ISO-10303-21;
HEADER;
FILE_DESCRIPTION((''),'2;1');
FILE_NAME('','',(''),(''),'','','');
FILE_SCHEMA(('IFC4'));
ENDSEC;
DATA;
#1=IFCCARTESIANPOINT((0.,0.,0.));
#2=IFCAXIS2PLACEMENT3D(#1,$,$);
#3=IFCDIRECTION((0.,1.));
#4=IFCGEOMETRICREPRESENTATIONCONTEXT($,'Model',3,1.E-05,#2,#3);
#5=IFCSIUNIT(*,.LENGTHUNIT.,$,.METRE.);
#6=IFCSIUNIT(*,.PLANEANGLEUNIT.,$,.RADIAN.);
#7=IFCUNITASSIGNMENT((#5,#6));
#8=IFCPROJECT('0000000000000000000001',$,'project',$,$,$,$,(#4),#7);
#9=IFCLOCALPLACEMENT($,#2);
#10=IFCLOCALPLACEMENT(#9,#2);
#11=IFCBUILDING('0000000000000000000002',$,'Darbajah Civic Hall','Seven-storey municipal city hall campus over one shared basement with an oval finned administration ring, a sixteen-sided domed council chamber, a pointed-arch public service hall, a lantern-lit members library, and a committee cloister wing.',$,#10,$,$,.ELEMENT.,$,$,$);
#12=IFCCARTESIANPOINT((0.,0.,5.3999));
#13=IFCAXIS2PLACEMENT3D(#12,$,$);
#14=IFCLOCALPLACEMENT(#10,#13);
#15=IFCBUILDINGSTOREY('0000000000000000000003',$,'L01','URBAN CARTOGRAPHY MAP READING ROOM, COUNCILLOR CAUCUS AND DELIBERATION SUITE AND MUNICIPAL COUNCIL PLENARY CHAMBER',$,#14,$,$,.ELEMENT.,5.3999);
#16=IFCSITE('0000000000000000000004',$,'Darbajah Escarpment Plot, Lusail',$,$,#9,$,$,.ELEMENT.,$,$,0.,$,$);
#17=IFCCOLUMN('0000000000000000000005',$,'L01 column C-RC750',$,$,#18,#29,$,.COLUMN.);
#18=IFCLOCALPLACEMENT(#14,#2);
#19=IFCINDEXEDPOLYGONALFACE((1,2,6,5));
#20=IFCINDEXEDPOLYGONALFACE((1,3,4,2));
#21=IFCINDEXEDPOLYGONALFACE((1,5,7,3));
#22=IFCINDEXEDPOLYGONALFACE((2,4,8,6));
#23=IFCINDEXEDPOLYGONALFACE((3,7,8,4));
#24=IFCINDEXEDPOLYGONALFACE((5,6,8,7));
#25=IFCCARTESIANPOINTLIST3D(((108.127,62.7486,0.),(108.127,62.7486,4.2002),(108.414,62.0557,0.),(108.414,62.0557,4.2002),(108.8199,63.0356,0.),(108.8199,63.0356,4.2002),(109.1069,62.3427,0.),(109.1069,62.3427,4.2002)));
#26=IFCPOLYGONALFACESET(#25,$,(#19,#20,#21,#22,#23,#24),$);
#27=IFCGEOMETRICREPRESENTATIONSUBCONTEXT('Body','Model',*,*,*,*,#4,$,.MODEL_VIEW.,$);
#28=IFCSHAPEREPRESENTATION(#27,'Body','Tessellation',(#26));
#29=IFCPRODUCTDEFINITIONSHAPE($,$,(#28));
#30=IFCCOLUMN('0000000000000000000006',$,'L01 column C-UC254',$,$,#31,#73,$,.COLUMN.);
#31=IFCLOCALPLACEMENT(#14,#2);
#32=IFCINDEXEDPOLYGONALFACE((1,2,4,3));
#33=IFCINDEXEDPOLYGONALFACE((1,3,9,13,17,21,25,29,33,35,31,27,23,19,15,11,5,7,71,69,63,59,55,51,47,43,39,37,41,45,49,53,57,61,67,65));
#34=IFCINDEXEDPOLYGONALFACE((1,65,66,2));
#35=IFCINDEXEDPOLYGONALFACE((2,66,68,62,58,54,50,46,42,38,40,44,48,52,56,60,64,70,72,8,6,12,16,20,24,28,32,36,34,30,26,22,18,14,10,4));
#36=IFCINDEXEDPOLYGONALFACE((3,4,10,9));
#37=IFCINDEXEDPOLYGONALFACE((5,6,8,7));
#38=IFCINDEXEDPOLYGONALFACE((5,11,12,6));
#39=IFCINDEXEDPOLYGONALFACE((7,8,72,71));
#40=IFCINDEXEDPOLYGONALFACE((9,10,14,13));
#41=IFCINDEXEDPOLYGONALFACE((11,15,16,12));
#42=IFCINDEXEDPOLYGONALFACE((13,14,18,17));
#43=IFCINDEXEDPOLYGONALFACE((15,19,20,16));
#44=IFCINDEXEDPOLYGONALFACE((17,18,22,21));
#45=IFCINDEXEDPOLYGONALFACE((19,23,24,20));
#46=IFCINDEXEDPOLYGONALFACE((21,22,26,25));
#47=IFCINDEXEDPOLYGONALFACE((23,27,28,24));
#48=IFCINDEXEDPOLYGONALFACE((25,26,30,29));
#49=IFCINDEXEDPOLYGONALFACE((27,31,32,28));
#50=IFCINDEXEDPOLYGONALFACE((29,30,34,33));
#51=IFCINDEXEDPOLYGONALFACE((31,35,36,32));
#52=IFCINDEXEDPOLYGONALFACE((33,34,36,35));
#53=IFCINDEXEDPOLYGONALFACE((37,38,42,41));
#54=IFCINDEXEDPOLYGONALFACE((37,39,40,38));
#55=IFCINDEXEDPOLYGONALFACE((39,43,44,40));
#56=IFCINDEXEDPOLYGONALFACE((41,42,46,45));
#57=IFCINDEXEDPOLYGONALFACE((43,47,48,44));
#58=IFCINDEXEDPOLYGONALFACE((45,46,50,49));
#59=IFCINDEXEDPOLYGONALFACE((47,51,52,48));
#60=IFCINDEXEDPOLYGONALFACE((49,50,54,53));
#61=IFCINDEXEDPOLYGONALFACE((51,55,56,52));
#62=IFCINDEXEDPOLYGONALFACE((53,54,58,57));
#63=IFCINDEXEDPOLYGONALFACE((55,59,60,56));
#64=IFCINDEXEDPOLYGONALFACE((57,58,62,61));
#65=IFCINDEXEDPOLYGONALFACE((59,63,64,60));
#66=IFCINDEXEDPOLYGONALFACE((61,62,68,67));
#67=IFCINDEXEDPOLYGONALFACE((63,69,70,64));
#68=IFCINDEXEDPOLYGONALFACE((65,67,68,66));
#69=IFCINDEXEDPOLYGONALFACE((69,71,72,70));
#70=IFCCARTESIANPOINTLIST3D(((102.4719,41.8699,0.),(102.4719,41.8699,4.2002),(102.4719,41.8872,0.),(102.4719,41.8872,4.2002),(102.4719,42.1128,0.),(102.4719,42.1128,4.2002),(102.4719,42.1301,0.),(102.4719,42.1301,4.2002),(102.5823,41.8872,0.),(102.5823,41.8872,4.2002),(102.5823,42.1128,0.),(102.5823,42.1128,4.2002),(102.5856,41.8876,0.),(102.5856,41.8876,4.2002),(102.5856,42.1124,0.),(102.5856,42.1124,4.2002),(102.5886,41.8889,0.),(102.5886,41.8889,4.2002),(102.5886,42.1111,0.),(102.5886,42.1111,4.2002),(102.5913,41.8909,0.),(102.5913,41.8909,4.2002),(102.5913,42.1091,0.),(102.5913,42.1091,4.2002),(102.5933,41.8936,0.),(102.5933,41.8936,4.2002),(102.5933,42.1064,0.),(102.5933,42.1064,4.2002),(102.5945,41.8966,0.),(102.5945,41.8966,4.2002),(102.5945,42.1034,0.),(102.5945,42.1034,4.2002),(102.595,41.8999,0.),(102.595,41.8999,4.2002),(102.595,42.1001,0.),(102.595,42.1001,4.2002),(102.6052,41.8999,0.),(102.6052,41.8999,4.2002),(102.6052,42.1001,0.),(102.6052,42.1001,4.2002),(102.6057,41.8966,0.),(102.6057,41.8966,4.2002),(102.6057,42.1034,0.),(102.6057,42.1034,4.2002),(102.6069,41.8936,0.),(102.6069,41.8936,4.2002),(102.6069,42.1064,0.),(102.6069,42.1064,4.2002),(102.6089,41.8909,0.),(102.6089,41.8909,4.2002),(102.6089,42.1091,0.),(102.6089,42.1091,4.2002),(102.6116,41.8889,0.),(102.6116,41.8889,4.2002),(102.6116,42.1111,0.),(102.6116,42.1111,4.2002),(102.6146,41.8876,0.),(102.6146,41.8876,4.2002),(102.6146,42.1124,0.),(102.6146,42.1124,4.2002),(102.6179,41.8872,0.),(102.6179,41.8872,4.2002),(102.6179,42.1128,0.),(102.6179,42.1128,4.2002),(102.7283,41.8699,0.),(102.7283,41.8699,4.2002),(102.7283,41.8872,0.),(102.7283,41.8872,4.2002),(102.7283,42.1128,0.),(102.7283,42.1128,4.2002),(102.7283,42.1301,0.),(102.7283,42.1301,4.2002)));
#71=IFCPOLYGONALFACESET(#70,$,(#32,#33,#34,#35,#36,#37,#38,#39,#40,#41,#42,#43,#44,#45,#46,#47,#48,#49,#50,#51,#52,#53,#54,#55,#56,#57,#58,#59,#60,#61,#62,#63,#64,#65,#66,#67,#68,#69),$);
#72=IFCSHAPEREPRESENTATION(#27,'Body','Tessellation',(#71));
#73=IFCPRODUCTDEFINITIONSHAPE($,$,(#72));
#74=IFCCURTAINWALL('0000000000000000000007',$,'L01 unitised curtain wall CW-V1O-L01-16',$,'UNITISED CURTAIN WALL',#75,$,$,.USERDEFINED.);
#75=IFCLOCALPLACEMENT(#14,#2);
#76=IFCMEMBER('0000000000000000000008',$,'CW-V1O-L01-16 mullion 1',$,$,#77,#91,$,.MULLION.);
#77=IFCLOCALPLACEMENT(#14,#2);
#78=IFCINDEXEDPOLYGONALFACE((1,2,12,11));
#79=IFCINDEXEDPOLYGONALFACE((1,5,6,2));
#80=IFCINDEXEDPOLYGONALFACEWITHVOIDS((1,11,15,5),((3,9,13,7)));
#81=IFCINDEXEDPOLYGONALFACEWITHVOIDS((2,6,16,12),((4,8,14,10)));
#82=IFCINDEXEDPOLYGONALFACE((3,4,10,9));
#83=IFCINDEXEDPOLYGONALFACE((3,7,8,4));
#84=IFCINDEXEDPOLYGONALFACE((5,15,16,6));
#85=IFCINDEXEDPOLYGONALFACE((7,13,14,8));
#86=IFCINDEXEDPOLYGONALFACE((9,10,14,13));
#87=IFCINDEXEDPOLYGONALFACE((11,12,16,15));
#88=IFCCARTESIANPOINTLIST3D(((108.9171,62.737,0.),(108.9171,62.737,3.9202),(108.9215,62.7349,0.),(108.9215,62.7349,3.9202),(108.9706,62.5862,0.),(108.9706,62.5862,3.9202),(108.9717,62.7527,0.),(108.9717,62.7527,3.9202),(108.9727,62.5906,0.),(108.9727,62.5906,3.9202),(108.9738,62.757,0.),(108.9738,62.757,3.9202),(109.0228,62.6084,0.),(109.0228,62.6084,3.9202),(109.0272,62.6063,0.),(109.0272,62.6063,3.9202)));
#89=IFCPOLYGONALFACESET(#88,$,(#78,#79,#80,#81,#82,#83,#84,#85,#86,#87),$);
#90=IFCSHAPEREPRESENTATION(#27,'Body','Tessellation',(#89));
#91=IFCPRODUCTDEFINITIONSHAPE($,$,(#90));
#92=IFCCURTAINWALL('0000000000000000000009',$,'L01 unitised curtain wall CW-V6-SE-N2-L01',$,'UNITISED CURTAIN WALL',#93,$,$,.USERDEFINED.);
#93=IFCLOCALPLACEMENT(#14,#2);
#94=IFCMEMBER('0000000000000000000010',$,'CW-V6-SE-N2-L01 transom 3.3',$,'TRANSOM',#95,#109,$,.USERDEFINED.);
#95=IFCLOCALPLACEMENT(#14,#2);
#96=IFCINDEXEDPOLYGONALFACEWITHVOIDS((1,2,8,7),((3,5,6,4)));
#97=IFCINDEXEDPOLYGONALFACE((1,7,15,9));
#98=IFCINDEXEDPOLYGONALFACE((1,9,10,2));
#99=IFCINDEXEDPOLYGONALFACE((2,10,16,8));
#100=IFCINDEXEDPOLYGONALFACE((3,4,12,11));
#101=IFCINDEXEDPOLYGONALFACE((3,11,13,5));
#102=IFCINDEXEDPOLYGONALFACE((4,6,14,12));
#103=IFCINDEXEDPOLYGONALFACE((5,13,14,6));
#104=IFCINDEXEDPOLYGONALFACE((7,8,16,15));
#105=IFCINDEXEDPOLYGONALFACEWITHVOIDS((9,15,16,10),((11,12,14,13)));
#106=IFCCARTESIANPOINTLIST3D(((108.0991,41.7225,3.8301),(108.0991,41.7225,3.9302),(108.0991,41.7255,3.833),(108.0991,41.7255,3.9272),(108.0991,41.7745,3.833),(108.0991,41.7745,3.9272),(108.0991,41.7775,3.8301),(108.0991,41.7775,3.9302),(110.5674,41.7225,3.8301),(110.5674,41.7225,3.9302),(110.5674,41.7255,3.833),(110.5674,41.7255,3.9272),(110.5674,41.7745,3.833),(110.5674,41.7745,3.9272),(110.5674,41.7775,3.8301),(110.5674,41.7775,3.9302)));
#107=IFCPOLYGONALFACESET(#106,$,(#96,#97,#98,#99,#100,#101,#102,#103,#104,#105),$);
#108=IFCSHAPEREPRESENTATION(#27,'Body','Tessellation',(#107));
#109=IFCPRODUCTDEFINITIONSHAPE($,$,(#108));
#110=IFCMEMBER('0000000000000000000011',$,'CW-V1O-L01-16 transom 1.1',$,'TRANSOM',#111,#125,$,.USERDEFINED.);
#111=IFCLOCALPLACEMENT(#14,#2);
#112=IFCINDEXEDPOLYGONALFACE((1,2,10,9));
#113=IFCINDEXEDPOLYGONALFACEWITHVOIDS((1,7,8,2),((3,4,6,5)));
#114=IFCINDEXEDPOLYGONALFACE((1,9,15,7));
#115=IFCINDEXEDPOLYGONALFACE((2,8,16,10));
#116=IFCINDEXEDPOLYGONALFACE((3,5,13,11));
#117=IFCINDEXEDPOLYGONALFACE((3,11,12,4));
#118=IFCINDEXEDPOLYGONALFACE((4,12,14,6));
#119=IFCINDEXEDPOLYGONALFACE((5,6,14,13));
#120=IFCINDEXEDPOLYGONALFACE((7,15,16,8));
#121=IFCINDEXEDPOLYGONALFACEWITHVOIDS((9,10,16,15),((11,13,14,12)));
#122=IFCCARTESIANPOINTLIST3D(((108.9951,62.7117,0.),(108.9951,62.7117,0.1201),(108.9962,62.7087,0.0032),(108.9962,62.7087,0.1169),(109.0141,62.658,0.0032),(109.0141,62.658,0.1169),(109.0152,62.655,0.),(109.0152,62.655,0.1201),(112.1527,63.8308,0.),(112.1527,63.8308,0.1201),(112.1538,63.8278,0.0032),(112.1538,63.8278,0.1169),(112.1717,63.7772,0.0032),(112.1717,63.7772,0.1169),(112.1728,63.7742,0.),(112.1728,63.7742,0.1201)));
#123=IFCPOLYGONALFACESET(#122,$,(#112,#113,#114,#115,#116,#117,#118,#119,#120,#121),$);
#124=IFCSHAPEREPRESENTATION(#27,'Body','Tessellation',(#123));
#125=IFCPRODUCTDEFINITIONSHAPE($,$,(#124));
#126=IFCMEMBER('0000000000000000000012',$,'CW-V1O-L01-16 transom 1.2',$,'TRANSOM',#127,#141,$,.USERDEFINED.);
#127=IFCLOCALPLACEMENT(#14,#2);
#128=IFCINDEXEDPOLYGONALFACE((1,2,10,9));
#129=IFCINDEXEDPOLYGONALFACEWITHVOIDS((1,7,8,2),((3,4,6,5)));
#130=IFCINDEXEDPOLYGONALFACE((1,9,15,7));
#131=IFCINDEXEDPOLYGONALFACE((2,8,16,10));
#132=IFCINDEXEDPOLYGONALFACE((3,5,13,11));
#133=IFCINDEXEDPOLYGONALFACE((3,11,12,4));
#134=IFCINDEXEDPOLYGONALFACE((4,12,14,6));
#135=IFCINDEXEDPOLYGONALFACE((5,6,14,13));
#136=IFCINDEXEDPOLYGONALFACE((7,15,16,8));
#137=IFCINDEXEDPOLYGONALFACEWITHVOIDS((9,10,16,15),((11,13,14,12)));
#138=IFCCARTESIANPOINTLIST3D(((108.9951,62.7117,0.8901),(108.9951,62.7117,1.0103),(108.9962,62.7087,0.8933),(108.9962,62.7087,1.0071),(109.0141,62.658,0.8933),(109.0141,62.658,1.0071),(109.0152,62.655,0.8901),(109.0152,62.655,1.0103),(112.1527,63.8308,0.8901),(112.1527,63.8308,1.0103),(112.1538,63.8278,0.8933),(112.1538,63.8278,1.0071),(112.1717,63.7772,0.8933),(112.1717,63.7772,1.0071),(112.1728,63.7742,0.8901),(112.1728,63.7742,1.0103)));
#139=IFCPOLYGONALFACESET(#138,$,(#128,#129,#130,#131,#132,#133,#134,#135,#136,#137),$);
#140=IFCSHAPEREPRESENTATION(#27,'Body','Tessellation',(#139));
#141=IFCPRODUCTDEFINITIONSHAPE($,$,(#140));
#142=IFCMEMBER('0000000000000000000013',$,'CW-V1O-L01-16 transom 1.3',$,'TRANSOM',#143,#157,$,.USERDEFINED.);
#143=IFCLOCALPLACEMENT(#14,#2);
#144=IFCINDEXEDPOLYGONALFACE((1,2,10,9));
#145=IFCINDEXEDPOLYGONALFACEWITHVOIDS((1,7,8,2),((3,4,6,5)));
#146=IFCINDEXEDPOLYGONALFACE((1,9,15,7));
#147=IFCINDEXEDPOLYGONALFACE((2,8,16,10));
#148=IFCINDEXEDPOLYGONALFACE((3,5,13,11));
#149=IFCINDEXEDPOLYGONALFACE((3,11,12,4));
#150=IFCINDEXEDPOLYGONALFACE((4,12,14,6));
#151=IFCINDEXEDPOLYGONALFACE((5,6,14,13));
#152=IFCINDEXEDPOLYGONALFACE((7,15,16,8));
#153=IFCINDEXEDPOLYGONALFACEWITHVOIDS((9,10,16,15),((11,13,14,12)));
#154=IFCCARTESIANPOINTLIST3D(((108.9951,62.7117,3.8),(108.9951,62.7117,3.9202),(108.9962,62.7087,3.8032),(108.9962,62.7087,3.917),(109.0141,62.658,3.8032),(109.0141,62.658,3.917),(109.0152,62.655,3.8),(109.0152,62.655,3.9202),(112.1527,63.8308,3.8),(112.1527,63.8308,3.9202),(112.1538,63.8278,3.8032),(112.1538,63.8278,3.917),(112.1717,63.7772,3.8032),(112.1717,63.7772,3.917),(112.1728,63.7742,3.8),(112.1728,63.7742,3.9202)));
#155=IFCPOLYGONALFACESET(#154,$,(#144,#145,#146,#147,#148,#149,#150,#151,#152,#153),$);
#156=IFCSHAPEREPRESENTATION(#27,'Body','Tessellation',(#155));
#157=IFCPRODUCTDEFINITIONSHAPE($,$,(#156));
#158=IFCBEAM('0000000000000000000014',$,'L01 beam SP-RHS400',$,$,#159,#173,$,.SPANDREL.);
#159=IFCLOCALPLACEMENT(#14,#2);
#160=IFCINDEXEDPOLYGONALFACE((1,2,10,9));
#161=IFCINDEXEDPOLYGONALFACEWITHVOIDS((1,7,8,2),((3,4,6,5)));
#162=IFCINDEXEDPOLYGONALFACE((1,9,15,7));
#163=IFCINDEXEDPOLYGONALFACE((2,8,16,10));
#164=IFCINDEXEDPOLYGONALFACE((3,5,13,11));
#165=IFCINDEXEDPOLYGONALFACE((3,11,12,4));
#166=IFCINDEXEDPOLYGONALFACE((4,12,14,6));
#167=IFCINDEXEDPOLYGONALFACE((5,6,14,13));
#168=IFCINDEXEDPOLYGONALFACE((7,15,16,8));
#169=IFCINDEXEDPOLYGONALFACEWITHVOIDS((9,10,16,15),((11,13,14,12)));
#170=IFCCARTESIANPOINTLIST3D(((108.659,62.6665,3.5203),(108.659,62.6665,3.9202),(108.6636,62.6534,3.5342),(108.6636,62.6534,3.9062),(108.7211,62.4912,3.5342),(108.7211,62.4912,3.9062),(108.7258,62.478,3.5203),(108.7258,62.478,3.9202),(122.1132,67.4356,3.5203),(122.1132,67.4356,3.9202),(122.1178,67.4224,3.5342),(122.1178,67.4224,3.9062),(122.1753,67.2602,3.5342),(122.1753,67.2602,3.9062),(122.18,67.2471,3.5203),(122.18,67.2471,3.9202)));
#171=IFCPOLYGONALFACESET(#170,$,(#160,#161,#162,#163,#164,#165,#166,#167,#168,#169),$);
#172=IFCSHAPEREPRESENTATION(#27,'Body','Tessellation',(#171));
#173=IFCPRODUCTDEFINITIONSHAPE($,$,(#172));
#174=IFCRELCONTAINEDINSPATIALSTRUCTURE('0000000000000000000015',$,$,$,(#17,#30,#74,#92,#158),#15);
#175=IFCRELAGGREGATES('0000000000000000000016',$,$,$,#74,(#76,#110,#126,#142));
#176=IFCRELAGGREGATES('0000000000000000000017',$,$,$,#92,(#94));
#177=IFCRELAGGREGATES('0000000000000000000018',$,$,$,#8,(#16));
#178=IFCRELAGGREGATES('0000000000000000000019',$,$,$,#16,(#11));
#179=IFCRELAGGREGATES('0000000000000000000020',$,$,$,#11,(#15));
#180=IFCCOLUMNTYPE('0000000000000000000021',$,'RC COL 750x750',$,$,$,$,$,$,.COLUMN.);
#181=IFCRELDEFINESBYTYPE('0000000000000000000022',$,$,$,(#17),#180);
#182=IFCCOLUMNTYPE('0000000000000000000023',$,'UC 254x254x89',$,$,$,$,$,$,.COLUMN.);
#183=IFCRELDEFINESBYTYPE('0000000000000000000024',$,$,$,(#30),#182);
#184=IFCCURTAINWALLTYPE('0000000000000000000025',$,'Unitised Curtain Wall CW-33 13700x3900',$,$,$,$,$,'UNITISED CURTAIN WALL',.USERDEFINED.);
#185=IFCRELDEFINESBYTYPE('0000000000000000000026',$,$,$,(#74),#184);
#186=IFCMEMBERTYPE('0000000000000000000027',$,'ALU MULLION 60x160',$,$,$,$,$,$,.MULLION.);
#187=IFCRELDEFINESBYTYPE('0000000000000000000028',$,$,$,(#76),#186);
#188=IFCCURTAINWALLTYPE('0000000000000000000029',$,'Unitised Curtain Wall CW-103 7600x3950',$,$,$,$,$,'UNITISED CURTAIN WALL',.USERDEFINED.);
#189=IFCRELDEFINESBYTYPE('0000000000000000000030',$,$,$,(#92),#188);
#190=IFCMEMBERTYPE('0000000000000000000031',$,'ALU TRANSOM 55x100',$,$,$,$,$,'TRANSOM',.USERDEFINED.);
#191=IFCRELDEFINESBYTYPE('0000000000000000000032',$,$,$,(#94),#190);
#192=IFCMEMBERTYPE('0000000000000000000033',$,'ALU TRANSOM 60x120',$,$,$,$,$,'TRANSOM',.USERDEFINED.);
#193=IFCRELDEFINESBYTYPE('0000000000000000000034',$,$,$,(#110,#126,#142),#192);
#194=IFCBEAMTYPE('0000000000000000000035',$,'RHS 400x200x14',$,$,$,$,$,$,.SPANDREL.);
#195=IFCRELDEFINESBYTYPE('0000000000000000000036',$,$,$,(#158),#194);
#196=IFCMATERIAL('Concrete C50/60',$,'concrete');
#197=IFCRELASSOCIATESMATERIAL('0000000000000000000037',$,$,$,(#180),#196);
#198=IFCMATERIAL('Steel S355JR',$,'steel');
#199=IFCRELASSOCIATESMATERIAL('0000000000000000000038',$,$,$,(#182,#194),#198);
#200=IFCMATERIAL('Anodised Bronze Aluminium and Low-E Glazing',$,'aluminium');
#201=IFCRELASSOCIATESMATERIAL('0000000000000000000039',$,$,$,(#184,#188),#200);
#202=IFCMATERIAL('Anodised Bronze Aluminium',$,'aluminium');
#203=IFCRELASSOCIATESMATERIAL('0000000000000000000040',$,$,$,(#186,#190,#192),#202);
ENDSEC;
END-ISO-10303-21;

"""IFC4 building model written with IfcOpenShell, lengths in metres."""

from ifc_helpers import new_model, si_unit, direction, frame, origin, origin_2d, place, context, subcontext, project, spatial, rectangle, hollow_rectangle, i_section, extrude, material, material_profile, profile_set, type_object, element, aggregate, save


model = new_model("IFC4")

# Units and contexts
model_context = context("Model", 3, precision=1e-05, world=origin(), true_north=direction((0.0, 1.0)))
body_context = subcontext(model_context, "Body", "Model", "MODEL_VIEW")
ifc_project = project(units=[si_unit("LENGTHUNIT", "METRE"), si_unit("PLANEANGLEUNIT", "RADIAN")], contexts=[model_context])

# Site, building, storey
site_placement = place(None, origin())
site = spatial("IfcSite", under=ifc_project, at=site_placement, Name="Darbajah Escarpment Plot, Lusail", CompositionType="ELEMENT", RefElevation=0.0)
building_placement = place(site_placement, origin())
building = spatial("IfcBuilding", under=site, at=building_placement, Name="Darbajah Civic Hall", Description="Seven-storey municipal city hall campus over one shared basement with an oval finned administration ring, a sixteen-sided domed council chamber, a pointed-arch public service hall, a lantern-lit members library, and a committee cloister wing.", CompositionType="ELEMENT")
storey_placement = place(building_placement, frame((0.0, 0.0, 5.3999)))
storey = spatial("IfcBuildingStorey", under=building, at=storey_placement, Name="L01", Description="URBAN CARTOGRAPHY MAP READING ROOM, COUNCILLOR CAUCUS AND DELIBERATION SUITE AND MUNICIPAL COUNCIL PLENARY CHAMBER", CompositionType="ELEMENT", Elevation=5.3999)

# Columns
ifc_material_1 = material(Name="Concrete C50/60", Category="concrete")
ifc_material_profile_1 = material_profile(ifc_material_1, rectangle(XDim=0.75, YDim=0.75, at=origin_2d()), Name="RC COL 750x750")
ifc_profile_set_1 = profile_set([ifc_material_profile_1], Name="Concrete C50/60")
column_type_1 = type_object("IfcColumnType", Name="RC COL 750x750", PredefinedType="COLUMN", material=ifc_profile_set_1)
column_1_placement = place(storey_placement, frame((108.6169, 62.5457, 0.0), z_axis=(0.0, 0.0, 1.0), x_axis=(0.382683, -0.92388, 0.0)))
element("IfcColumn", 1, at=column_1_placement, inside=storey, type_object=column_type_1, Name="L01 column C-RC750", PredefinedType="COLUMN", context=body_context, shape_type="SweptSolid", body=[
    extrude(rectangle(XDim=0.75, YDim=0.75, at=origin_2d()), origin(), (0.0, 0.0, 1.0), 4.2002),
])
ifc_material_2 = material(Name="Steel S355JR", Category="steel")
ifc_material_profile_2 = material_profile(ifc_material_2, i_section(OverallWidth=0.2563, OverallDepth=0.2603, WebThickness=0.0103, FlangeThickness=0.0173, FilletRadius=0.0127, at=origin_2d()), Name="UC 254x254x89")
ifc_profile_set_2 = profile_set([ifc_material_profile_2], Name="Steel S355JR")
column_type_2 = type_object("IfcColumnType", Name="UC 254x254x89", PredefinedType="COLUMN", material=ifc_profile_set_2)
column_2_placement = place(storey_placement, frame((102.6001, 42.0, 0.0), z_axis=(0.0, 0.0, 1.0), x_axis=(1.0, 0.0, 0.0)))
element("IfcColumn", 2, at=column_2_placement, inside=storey, type_object=column_type_2, Name="L01 column C-UC254", PredefinedType="COLUMN", context=body_context, shape_type="SweptSolid", body=[
    extrude(i_section(OverallWidth=0.2563, OverallDepth=0.2603, WebThickness=0.0103, FlangeThickness=0.0173, FilletRadius=0.0127, at=origin_2d()), origin(), (0.0, 0.0, 1.0), 4.2002),
])

# Curtain walls, members
ifc_material_3 = material(Name="Anodised Bronze Aluminium and Low-E Glazing", Category="aluminium")
curtain_wall_type_1 = type_object("IfcCurtainWallType", Name="Unitised Curtain Wall CW-33 13700x3900", ElementType="UNITISED CURTAIN WALL", PredefinedType="USERDEFINED", material=ifc_material_3)
curtain_wall_1_placement = place(storey_placement, origin())
curtain_wall_1 = element("IfcCurtainWall", 3, at=curtain_wall_1_placement, inside=storey, type_object=curtain_wall_type_1, Name="L01 unitised curtain wall CW-V1O-L01-16", ObjectType="UNITISED CURTAIN WALL", PredefinedType="USERDEFINED")
ifc_material_4 = material(Name="Anodised Bronze Aluminium", Category="aluminium")
ifc_material_profile_3 = material_profile(ifc_material_4, hollow_rectangle(XDim=0.0601, YDim=0.1599, WallThickness=0.0034, at=origin_2d()), Name="ALU MULLION 60x160")
ifc_profile_set_3 = profile_set([ifc_material_profile_3], Name="Anodised Bronze Aluminium")
member_type_1 = type_object("IfcMemberType", Name="ALU MULLION 60x160", PredefinedType="MULLION", material=ifc_profile_set_3)
member_1_placement = place(storey_placement, frame((108.9722, 62.6716, 0.0), z_axis=(0.0, 0.0, 1.0), x_axis=(0.942525, 0.334136, 0.0)))
member_1 = element("IfcMember", 4, at=member_1_placement, type_object=member_type_1, Name="CW-V1O-L01-16 mullion 1", PredefinedType="MULLION", context=body_context, shape_type="SweptSolid", body=[
    extrude(hollow_rectangle(XDim=0.0601, YDim=0.1599, WallThickness=0.0034, at=origin_2d()), origin(), (0.0, 0.0, 1.0), 3.9202),
])
curtain_wall_type_2 = type_object("IfcCurtainWallType", Name="Unitised Curtain Wall CW-103 7600x3950", ElementType="UNITISED CURTAIN WALL", PredefinedType="USERDEFINED", material=ifc_material_3)
curtain_wall_2_placement = place(storey_placement, origin())
curtain_wall_2 = element("IfcCurtainWall", 5, at=curtain_wall_2_placement, inside=storey, type_object=curtain_wall_type_2, Name="L01 unitised curtain wall CW-V6-SE-N2-L01", ObjectType="UNITISED CURTAIN WALL", PredefinedType="USERDEFINED")
ifc_material_profile_4 = material_profile(ifc_material_4, hollow_rectangle(XDim=0.0549, YDim=0.1001, WallThickness=0.0029, at=origin_2d()), Name="ALU TRANSOM 55x100")
ifc_profile_set_4 = profile_set([ifc_material_profile_4], Name="Anodised Bronze Aluminium")
member_type_2 = type_object("IfcMemberType", Name="ALU TRANSOM 55x100", ElementType="TRANSOM", PredefinedType="USERDEFINED", material=ifc_profile_set_4)
member_2_placement = place(storey_placement, frame((108.0991, 41.75, 3.8801), z_axis=(1.0, 0.0, 0.0), x_axis=(0.0, 1.0, 0.0)))
member_2 = element("IfcMember", 6, at=member_2_placement, type_object=member_type_2, Name="CW-V6-SE-N2-L01 transom 3.3", ObjectType="TRANSOM", PredefinedType="USERDEFINED", context=body_context, shape_type="SweptSolid", body=[
    extrude(hollow_rectangle(XDim=0.0549, YDim=0.1001, WallThickness=0.0029, at=origin_2d()), origin(), (0.0, 0.0, 1.0), 2.4683),
])

# Members
ifc_material_profile_5 = material_profile(ifc_material_4, hollow_rectangle(XDim=0.0601, YDim=0.1201, WallThickness=0.0032, at=origin_2d()), Name="ALU TRANSOM 60x120")
ifc_profile_set_5 = profile_set([ifc_material_profile_5], Name="Anodised Bronze Aluminium")
member_type_3 = type_object("IfcMemberType", Name="ALU TRANSOM 60x120", ElementType="TRANSOM", PredefinedType="USERDEFINED", material=ifc_profile_set_5)
member_3_placement = place(storey_placement, frame((109.0051, 62.6833, 0.0601), z_axis=(0.942554, 0.334055, 0.0), x_axis=(-0.334055, 0.942554, 0.0)))
member_3 = element("IfcMember", 7, at=member_3_placement, type_object=member_type_3, Name="CW-V1O-L01-16 transom 1.1", ObjectType="TRANSOM", PredefinedType="USERDEFINED", context=body_context, shape_type="SweptSolid", body=[
    extrude(hollow_rectangle(XDim=0.0601, YDim=0.1201, WallThickness=0.0032, at=origin_2d()), origin(), (0.0, 0.0, 1.0), 3.3501),
])
member_4_placement = place(storey_placement, frame((109.0051, 62.6833, 0.9502), z_axis=(0.942554, 0.334055, 0.0), x_axis=(-0.334055, 0.942554, 0.0)))
member_4 = element("IfcMember", 8, at=member_4_placement, type_object=member_type_3, Name="CW-V1O-L01-16 transom 1.2", ObjectType="TRANSOM", PredefinedType="USERDEFINED", context=body_context, shape_type="SweptSolid", body=[
    extrude(hollow_rectangle(XDim=0.0601, YDim=0.1201, WallThickness=0.0032, at=origin_2d()), origin(), (0.0, 0.0, 1.0), 3.3501),
])
member_5_placement = place(storey_placement, frame((109.0051, 62.6833, 3.8601), z_axis=(0.942554, 0.334055, 0.0), x_axis=(-0.334055, 0.942554, 0.0)))
member_5 = element("IfcMember", 9, at=member_5_placement, type_object=member_type_3, Name="CW-V1O-L01-16 transom 1.3", ObjectType="TRANSOM", PredefinedType="USERDEFINED", context=body_context, shape_type="SweptSolid", body=[
    extrude(hollow_rectangle(XDim=0.0601, YDim=0.1201, WallThickness=0.0032, at=origin_2d()), origin(), (0.0, 0.0, 1.0), 3.3501),
])
aggregate(curtain_wall_1, [member_1, member_3, member_4, member_5])

# Beam
ifc_material_profile_6 = material_profile(ifc_material_2, hollow_rectangle(XDim=0.2, YDim=0.3999, WallThickness=0.0139, at=origin_2d()), Name="RHS 400x200x14")
ifc_profile_set_6 = profile_set([ifc_material_profile_6], Name="Steel S355JR")
beam_type_1 = type_object("IfcBeamType", Name="RHS 400x200x14", PredefinedType="SPANDREL", material=ifc_profile_set_6)
beam_1_placement = place(storey_placement, frame((108.6924, 62.5723, 3.7202), z_axis=(0.942538, 0.334099, 0.0), x_axis=(-0.334099, 0.942538, 0.0)))
element("IfcBeam", 10, at=beam_1_placement, inside=storey, type_object=beam_type_1, Name="L01 beam SP-RHS400", PredefinedType="SPANDREL", context=body_context, shape_type="SweptSolid", body=[
    extrude(hollow_rectangle(XDim=0.2, YDim=0.3999, WallThickness=0.0139, at=origin_2d()), origin(), (0.0, 0.0, 1.0), 14.2744),
])

aggregate(curtain_wall_2, [member_2])

save(model, "model.ifc")
